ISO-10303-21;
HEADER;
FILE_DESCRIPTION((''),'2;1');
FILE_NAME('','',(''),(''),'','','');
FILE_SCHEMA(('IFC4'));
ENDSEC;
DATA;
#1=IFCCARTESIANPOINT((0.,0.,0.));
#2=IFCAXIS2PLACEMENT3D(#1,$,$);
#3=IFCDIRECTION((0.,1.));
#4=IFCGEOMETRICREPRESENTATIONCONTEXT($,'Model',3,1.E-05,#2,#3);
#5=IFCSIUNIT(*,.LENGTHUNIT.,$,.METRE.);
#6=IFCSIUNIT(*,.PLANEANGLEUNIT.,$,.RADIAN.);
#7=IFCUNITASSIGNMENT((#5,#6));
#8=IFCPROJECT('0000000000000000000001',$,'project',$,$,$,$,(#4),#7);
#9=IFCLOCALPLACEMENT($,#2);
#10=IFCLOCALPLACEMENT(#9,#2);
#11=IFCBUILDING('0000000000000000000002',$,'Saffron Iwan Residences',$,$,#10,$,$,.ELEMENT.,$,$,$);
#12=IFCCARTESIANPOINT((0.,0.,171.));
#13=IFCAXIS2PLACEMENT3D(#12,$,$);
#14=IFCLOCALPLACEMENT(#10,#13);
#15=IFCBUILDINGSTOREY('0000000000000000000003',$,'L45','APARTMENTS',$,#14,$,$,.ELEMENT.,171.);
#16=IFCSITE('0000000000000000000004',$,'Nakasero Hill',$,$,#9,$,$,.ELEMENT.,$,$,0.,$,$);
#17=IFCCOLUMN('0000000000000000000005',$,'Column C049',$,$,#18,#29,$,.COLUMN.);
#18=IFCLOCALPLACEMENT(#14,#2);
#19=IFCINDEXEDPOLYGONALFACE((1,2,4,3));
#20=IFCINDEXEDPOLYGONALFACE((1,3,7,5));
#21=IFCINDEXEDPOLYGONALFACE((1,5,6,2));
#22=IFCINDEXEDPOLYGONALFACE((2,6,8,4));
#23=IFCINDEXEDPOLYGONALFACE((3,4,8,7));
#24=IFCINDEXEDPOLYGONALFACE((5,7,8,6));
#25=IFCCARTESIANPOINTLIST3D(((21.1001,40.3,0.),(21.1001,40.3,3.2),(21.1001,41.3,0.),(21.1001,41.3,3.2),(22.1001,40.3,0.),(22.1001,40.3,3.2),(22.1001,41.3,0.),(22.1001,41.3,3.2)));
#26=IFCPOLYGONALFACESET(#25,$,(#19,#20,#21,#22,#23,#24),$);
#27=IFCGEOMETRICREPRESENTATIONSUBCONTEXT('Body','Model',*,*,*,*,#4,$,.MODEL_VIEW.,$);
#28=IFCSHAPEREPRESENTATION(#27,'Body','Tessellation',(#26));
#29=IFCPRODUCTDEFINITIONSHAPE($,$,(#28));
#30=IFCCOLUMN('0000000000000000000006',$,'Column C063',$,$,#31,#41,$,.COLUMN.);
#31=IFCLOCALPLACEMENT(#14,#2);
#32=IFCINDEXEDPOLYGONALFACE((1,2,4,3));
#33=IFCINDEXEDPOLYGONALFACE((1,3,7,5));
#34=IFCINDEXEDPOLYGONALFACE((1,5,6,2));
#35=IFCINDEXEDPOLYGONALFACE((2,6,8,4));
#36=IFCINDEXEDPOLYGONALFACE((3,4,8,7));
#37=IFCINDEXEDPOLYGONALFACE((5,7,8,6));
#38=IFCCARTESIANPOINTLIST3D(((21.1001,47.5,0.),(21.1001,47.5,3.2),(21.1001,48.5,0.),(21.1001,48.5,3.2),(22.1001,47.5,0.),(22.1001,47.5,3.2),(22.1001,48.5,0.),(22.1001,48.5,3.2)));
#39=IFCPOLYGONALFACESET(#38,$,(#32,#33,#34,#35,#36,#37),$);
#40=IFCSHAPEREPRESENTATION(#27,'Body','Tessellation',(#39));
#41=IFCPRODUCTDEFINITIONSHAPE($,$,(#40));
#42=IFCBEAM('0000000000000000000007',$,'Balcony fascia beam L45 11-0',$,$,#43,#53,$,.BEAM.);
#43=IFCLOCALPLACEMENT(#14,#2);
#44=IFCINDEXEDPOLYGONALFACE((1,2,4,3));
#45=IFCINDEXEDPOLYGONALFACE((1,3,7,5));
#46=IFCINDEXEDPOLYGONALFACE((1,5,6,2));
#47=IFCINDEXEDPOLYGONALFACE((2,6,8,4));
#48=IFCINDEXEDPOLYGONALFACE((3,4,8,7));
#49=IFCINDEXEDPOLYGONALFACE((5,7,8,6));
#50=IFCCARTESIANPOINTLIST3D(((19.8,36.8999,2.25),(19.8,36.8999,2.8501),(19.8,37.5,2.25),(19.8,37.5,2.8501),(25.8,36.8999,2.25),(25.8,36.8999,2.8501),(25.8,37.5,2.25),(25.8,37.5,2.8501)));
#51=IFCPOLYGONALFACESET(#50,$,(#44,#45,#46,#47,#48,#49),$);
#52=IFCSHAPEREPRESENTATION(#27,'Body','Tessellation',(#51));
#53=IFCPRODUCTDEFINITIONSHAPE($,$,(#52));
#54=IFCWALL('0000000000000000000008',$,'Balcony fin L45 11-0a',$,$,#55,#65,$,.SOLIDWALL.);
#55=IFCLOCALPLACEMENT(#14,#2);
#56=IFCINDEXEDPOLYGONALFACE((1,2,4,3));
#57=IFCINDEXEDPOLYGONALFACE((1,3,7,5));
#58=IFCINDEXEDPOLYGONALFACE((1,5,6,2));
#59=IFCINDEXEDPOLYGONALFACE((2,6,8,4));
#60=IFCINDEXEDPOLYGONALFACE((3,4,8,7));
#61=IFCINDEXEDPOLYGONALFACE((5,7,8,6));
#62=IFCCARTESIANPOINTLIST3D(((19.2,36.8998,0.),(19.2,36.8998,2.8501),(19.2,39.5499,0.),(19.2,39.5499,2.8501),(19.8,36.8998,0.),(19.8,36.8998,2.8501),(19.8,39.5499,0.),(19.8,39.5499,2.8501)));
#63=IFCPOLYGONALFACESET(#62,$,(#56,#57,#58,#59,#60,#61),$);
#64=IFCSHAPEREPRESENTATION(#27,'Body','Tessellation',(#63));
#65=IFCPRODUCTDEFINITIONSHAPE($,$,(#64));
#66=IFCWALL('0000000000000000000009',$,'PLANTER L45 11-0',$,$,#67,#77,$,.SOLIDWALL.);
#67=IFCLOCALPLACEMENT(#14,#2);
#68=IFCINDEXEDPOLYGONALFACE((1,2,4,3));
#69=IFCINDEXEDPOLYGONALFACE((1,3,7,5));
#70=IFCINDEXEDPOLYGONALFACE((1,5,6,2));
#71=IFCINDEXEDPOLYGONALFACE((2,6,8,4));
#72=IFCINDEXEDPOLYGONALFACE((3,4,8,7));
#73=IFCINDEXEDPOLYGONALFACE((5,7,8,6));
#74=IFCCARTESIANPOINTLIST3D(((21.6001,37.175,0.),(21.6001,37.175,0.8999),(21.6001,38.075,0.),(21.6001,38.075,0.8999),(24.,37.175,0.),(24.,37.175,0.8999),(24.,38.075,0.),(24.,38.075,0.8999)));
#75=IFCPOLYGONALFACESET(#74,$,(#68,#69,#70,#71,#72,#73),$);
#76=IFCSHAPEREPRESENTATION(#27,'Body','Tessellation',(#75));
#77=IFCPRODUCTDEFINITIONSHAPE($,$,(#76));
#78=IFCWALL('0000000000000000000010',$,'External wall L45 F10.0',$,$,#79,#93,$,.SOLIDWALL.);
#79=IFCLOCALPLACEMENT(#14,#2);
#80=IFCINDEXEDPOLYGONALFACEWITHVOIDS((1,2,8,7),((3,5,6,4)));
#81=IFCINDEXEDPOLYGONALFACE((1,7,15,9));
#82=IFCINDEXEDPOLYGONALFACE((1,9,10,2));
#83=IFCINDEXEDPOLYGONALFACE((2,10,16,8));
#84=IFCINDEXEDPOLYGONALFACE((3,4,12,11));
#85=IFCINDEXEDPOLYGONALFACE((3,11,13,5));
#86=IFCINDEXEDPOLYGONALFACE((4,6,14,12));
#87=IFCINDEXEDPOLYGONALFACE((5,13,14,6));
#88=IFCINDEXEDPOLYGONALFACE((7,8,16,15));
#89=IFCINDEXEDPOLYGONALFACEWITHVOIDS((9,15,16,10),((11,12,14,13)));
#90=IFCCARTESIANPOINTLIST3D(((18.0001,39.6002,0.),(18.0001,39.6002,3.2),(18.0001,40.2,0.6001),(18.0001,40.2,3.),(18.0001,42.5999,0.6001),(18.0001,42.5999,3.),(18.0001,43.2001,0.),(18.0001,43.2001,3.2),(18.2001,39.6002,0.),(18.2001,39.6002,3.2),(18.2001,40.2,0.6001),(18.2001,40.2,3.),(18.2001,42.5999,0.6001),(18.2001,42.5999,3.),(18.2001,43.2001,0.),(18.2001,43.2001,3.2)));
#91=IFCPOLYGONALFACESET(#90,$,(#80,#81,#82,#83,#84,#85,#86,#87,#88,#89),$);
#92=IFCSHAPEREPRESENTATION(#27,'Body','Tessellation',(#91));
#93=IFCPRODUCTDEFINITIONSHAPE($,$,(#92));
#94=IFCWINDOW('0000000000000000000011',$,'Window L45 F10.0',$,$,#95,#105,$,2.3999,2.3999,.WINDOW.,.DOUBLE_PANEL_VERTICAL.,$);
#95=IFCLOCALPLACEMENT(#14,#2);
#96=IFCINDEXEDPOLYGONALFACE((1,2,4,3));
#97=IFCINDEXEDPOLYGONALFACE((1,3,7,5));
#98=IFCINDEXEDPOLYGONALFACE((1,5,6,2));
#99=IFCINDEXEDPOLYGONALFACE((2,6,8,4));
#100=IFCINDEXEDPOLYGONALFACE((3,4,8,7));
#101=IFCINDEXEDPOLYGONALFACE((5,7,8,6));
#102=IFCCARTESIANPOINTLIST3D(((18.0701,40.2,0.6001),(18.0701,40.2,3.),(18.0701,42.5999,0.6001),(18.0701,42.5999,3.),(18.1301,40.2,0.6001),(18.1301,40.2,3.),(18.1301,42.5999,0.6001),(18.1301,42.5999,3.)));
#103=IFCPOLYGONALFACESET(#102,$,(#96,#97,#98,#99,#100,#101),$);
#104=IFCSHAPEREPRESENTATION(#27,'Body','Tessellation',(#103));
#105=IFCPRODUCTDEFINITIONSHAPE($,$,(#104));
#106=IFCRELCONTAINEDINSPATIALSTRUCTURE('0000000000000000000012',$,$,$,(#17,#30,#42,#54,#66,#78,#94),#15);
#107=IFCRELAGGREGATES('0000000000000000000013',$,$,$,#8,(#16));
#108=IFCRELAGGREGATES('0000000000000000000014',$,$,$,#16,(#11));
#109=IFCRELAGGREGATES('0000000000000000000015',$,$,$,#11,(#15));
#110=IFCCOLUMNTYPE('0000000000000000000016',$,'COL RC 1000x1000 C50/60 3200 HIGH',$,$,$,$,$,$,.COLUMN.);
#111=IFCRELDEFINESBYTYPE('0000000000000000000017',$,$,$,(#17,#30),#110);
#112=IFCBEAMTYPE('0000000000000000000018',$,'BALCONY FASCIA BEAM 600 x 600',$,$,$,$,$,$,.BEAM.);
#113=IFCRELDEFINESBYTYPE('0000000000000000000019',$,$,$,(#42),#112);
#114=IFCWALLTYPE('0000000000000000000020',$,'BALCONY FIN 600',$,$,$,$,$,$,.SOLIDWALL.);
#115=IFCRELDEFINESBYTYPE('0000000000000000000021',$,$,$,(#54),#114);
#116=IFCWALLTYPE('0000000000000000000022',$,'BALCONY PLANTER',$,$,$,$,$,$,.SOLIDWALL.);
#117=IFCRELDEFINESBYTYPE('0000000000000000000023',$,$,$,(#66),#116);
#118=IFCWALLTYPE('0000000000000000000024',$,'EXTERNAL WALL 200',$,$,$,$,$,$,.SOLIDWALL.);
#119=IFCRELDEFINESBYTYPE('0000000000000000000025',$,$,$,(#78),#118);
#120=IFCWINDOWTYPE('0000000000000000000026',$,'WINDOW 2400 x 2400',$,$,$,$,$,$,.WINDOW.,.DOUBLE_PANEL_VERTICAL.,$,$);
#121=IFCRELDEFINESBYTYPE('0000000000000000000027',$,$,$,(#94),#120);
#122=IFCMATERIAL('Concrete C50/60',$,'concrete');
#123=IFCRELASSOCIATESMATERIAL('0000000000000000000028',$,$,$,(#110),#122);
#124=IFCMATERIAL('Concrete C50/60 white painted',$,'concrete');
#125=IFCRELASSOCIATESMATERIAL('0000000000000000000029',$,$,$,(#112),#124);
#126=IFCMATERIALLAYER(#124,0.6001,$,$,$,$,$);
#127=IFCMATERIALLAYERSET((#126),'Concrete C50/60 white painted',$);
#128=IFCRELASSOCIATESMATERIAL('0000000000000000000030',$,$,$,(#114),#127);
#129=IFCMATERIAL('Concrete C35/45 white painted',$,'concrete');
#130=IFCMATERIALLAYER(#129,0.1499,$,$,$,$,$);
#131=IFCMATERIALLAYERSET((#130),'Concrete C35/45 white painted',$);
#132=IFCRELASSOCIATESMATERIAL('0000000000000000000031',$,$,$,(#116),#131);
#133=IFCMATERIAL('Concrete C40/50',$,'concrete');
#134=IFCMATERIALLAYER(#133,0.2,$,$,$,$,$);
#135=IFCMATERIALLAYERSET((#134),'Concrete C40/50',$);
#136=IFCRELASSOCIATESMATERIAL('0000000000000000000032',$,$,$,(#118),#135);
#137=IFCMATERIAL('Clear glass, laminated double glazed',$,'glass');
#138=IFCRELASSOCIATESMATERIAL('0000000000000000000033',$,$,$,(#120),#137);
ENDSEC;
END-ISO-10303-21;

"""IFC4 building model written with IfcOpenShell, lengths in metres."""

from ifc_helpers import new_model, si_unit, direction, frame, frame_2d, origin, origin_2d, place, context, subcontext, project, spatial, rectangle, extrude, source, transform, mapped, material, layer, layer_set, material_profile, profile_set, type_object, element, fill, save


model = new_model("IFC4")

# Units and contexts
model_context = context("Model", 3, precision=1e-05, world=origin(), true_north=direction((0.0, 1.0)))
body_context = subcontext(model_context, "Body", "Model", "MODEL_VIEW")
ifc_project = project(units=[si_unit("LENGTHUNIT", "METRE"), si_unit("PLANEANGLEUNIT", "RADIAN")], contexts=[model_context])

# Site, building, storey
site_placement = place(None, origin())
site = spatial("IfcSite", under=ifc_project, at=site_placement, Name="Nakasero Hill", CompositionType="ELEMENT", RefElevation=0.0)
building_placement = place(site_placement, origin())
building = spatial("IfcBuilding", under=site, at=building_placement, Name="Saffron Iwan Residences", CompositionType="ELEMENT")
storey_placement = place(building_placement, frame((0.0, 0.0, 171.0)))
storey = spatial("IfcBuildingStorey", under=building, at=storey_placement, Name="L45", Description="APARTMENTS", CompositionType="ELEMENT", Elevation=171.0)

# Columns
ifc_material_1 = material(Name="Concrete C50/60", Category="concrete")
ifc_material_profile_1 = material_profile(ifc_material_1, rectangle(XDim=1.0, YDim=1.0, at=origin_2d()), Name="RC 1000x1000")
ifc_profile_set_1 = profile_set([ifc_material_profile_1], Name="Concrete C50/60")
column_type = type_object("IfcColumnType", Name="COL RC 1000x1000 C50/60 3200 HIGH", PredefinedType="COLUMN", material=ifc_profile_set_1)
shared_shape_1 = source(origin(), body_context, "Body", "SweptSolid", [
    extrude(rectangle(XDim=1.0, YDim=1.0, at=origin_2d()), origin(), (0.0, 0.0, 1.0), 3.2),
])
for number, where, z_axis, x_axis, name in (
    (1, (21.6001, 40.8, 0.0), (0.0, 0.0, 1.0), (1.0, 0.0, 0.0), "Column C049"),
    (2, (21.6001, 48.0, 0.0), (0.0, 0.0, 1.0), (1.0, 0.0, 0.0), "Column C063"),
):
    element("IfcColumn", number, at=place(storey_placement, frame(where, z_axis=z_axis, x_axis=x_axis)), inside=storey, type_object=column_type, Name=name, PredefinedType="COLUMN", context=body_context, shape_type="MappedRepresentation", body=[
        mapped(shared_shape_1, transform((0.0, 0.0, 0.0))),
    ])

# Beam
ifc_material_2 = material(Name="Concrete C50/60 white painted", Category="concrete")
ifc_material_profile_2 = material_profile(ifc_material_2, rectangle(XDim=0.6001, YDim=0.6001, at=origin_2d()), Name="BALCONY FASCIA BEAM 600 x 600")
ifc_profile_set_2 = profile_set([ifc_material_profile_2], Name="Concrete C50/60 white painted")
beam_type = type_object("IfcBeamType", Name="BALCONY FASCIA BEAM 600 x 600", PredefinedType="BEAM", material=ifc_profile_set_2)
shared_shape_2 = source(origin(), body_context, "Body", "SweptSolid", [
    extrude(rectangle(XDim=0.6001, YDim=0.6001, at=origin_2d()), origin(), (0.0, 0.0, 1.0), 6.0),
])
beam_placement = place(storey_placement, frame((19.8, 37.2, 2.55), z_axis=(1.0, 0.0, 0.0), x_axis=(0.0, 1.0, 0.0)))
element("IfcBeam", 3, at=beam_placement, inside=storey, type_object=beam_type, Name="Balcony fascia beam L45 11-0", PredefinedType="BEAM", context=body_context, shape_type="MappedRepresentation", body=[
    mapped(shared_shape_2, transform((0.0, 0.0, 0.0))),
])

# Walls
ifc_layer_1 = layer(ifc_material_2, 0.6001)
ifc_layer_set_1 = layer_set([ifc_layer_1], Name="Concrete C50/60 white painted")
wall_type_1 = type_object("IfcWallType", Name="BALCONY FIN 600", PredefinedType="SOLIDWALL", material=ifc_layer_set_1)
wall_1_placement = place(storey_placement, frame((19.5, 39.55, 0.0), z_axis=(0.0, 0.0, 1.0), x_axis=(0.0, -1.0, 0.0)))
element("IfcWall", 4, at=wall_1_placement, inside=storey, type_object=wall_type_1, Name="Balcony fin L45 11-0a", PredefinedType="SOLIDWALL", context=body_context, shape_type="SweptSolid", body=[
    extrude(rectangle(XDim=2.6501, YDim=0.6001, at=frame_2d((1.3252, 0.0))), origin(), (0.0, 0.0, 1.0), 2.8501),
])
ifc_material_3 = material(Name="Concrete C35/45 white painted", Category="concrete")
ifc_layer_2 = layer(ifc_material_3, 0.1499)
ifc_layer_set_2 = layer_set([ifc_layer_2], Name="Concrete C35/45 white painted")
wall_type_2 = type_object("IfcWallType", Name="BALCONY PLANTER", PredefinedType="SOLIDWALL", material=ifc_layer_set_2)
wall_2_placement = place(storey_placement, frame((21.6001, 37.625, 0.0), z_axis=(0.0, 0.0, 1.0), x_axis=(1.0, 0.0, 0.0)))
element("IfcWall", 5, at=wall_2_placement, inside=storey, type_object=wall_type_2, Name="PLANTER L45 11-0", PredefinedType="SOLIDWALL", context=body_context, shape_type="SweptSolid", body=[
    extrude(rectangle(XDim=2.3999, YDim=0.8999, at=frame_2d((1.2, 0.0))), origin(), (0.0, 0.0, 1.0), 0.8999),
])

# Wall, opening, window
ifc_material_4 = material(Name="Concrete C40/50", Category="concrete")
ifc_layer_3 = layer(ifc_material_4, 0.2)
ifc_layer_set_3 = layer_set([ifc_layer_3], Name="Concrete C40/50")
wall_type_3 = type_object("IfcWallType", Name="EXTERNAL WALL 200", PredefinedType="SOLIDWALL", material=ifc_layer_set_3)
wall_3_placement = place(storey_placement, frame((18.1001, 43.2, 0.0), z_axis=(0.0, 0.0, 1.0), x_axis=(0.0, -1.0, 0.0)))
wall_3 = element("IfcWall", 6, at=wall_3_placement, inside=storey, type_object=wall_type_3, Name="External wall L45 F10.0", PredefinedType="SOLIDWALL", context=body_context, shape_type="SweptSolid", body=[
    extrude(rectangle(XDim=3.5999, YDim=0.2, at=frame_2d((1.7998, 0.0))), origin(), (0.0, 0.0, 1.0), 3.2),
])
opening_1_placement = place(wall_3_placement, frame((0.6001, 0.0, 0.6001)))
opening_1 = element("IfcOpeningElement", 7, at=opening_1_placement, cuts=wall_3, PredefinedType="OPENING", context=body_context, shape_type="SweptSolid", body=[
    extrude(rectangle(XDim=2.3999, YDim=2.3999, at=frame_2d((1.2, 1.2))), frame((0.0, 0.1099, 0.0), z_axis=(0.0, -1.0, 0.0), x_axis=(1.0, 0.0, 0.0)), (0.0, 0.0, 1.0), 0.22),
])
ifc_material_5 = material(Name="Clear glass, laminated double glazed", Category="glass")
window_type_1 = type_object("IfcWindowType", Name="WINDOW 2400 x 2400", PartitioningType="DOUBLE_PANEL_VERTICAL", PredefinedType="WINDOW", material=ifc_material_5)
window_1_placement = place(opening_1_placement, origin())
window_1 = element("IfcWindow", 8, at=window_1_placement, inside=storey, type_object=window_type_1, Name="Window L45 F10.0", OverallHeight=2.3999, OverallWidth=2.3999, PartitioningType="DOUBLE_PANEL_VERTICAL", PredefinedType="WINDOW", context=body_context, shape_type="SweptSolid", body=[
    extrude(rectangle(XDim=2.3999, YDim=2.3999, at=frame_2d((1.2, 1.2))), frame((0.0, 0.03, 0.0), z_axis=(0.0, -1.0, 0.0), x_axis=(1.0, 0.0, 0.0)), (0.0, 0.0, 1.0), 0.0601),
])
fill(opening_1, window_1)

save(model, "model.ifc")
